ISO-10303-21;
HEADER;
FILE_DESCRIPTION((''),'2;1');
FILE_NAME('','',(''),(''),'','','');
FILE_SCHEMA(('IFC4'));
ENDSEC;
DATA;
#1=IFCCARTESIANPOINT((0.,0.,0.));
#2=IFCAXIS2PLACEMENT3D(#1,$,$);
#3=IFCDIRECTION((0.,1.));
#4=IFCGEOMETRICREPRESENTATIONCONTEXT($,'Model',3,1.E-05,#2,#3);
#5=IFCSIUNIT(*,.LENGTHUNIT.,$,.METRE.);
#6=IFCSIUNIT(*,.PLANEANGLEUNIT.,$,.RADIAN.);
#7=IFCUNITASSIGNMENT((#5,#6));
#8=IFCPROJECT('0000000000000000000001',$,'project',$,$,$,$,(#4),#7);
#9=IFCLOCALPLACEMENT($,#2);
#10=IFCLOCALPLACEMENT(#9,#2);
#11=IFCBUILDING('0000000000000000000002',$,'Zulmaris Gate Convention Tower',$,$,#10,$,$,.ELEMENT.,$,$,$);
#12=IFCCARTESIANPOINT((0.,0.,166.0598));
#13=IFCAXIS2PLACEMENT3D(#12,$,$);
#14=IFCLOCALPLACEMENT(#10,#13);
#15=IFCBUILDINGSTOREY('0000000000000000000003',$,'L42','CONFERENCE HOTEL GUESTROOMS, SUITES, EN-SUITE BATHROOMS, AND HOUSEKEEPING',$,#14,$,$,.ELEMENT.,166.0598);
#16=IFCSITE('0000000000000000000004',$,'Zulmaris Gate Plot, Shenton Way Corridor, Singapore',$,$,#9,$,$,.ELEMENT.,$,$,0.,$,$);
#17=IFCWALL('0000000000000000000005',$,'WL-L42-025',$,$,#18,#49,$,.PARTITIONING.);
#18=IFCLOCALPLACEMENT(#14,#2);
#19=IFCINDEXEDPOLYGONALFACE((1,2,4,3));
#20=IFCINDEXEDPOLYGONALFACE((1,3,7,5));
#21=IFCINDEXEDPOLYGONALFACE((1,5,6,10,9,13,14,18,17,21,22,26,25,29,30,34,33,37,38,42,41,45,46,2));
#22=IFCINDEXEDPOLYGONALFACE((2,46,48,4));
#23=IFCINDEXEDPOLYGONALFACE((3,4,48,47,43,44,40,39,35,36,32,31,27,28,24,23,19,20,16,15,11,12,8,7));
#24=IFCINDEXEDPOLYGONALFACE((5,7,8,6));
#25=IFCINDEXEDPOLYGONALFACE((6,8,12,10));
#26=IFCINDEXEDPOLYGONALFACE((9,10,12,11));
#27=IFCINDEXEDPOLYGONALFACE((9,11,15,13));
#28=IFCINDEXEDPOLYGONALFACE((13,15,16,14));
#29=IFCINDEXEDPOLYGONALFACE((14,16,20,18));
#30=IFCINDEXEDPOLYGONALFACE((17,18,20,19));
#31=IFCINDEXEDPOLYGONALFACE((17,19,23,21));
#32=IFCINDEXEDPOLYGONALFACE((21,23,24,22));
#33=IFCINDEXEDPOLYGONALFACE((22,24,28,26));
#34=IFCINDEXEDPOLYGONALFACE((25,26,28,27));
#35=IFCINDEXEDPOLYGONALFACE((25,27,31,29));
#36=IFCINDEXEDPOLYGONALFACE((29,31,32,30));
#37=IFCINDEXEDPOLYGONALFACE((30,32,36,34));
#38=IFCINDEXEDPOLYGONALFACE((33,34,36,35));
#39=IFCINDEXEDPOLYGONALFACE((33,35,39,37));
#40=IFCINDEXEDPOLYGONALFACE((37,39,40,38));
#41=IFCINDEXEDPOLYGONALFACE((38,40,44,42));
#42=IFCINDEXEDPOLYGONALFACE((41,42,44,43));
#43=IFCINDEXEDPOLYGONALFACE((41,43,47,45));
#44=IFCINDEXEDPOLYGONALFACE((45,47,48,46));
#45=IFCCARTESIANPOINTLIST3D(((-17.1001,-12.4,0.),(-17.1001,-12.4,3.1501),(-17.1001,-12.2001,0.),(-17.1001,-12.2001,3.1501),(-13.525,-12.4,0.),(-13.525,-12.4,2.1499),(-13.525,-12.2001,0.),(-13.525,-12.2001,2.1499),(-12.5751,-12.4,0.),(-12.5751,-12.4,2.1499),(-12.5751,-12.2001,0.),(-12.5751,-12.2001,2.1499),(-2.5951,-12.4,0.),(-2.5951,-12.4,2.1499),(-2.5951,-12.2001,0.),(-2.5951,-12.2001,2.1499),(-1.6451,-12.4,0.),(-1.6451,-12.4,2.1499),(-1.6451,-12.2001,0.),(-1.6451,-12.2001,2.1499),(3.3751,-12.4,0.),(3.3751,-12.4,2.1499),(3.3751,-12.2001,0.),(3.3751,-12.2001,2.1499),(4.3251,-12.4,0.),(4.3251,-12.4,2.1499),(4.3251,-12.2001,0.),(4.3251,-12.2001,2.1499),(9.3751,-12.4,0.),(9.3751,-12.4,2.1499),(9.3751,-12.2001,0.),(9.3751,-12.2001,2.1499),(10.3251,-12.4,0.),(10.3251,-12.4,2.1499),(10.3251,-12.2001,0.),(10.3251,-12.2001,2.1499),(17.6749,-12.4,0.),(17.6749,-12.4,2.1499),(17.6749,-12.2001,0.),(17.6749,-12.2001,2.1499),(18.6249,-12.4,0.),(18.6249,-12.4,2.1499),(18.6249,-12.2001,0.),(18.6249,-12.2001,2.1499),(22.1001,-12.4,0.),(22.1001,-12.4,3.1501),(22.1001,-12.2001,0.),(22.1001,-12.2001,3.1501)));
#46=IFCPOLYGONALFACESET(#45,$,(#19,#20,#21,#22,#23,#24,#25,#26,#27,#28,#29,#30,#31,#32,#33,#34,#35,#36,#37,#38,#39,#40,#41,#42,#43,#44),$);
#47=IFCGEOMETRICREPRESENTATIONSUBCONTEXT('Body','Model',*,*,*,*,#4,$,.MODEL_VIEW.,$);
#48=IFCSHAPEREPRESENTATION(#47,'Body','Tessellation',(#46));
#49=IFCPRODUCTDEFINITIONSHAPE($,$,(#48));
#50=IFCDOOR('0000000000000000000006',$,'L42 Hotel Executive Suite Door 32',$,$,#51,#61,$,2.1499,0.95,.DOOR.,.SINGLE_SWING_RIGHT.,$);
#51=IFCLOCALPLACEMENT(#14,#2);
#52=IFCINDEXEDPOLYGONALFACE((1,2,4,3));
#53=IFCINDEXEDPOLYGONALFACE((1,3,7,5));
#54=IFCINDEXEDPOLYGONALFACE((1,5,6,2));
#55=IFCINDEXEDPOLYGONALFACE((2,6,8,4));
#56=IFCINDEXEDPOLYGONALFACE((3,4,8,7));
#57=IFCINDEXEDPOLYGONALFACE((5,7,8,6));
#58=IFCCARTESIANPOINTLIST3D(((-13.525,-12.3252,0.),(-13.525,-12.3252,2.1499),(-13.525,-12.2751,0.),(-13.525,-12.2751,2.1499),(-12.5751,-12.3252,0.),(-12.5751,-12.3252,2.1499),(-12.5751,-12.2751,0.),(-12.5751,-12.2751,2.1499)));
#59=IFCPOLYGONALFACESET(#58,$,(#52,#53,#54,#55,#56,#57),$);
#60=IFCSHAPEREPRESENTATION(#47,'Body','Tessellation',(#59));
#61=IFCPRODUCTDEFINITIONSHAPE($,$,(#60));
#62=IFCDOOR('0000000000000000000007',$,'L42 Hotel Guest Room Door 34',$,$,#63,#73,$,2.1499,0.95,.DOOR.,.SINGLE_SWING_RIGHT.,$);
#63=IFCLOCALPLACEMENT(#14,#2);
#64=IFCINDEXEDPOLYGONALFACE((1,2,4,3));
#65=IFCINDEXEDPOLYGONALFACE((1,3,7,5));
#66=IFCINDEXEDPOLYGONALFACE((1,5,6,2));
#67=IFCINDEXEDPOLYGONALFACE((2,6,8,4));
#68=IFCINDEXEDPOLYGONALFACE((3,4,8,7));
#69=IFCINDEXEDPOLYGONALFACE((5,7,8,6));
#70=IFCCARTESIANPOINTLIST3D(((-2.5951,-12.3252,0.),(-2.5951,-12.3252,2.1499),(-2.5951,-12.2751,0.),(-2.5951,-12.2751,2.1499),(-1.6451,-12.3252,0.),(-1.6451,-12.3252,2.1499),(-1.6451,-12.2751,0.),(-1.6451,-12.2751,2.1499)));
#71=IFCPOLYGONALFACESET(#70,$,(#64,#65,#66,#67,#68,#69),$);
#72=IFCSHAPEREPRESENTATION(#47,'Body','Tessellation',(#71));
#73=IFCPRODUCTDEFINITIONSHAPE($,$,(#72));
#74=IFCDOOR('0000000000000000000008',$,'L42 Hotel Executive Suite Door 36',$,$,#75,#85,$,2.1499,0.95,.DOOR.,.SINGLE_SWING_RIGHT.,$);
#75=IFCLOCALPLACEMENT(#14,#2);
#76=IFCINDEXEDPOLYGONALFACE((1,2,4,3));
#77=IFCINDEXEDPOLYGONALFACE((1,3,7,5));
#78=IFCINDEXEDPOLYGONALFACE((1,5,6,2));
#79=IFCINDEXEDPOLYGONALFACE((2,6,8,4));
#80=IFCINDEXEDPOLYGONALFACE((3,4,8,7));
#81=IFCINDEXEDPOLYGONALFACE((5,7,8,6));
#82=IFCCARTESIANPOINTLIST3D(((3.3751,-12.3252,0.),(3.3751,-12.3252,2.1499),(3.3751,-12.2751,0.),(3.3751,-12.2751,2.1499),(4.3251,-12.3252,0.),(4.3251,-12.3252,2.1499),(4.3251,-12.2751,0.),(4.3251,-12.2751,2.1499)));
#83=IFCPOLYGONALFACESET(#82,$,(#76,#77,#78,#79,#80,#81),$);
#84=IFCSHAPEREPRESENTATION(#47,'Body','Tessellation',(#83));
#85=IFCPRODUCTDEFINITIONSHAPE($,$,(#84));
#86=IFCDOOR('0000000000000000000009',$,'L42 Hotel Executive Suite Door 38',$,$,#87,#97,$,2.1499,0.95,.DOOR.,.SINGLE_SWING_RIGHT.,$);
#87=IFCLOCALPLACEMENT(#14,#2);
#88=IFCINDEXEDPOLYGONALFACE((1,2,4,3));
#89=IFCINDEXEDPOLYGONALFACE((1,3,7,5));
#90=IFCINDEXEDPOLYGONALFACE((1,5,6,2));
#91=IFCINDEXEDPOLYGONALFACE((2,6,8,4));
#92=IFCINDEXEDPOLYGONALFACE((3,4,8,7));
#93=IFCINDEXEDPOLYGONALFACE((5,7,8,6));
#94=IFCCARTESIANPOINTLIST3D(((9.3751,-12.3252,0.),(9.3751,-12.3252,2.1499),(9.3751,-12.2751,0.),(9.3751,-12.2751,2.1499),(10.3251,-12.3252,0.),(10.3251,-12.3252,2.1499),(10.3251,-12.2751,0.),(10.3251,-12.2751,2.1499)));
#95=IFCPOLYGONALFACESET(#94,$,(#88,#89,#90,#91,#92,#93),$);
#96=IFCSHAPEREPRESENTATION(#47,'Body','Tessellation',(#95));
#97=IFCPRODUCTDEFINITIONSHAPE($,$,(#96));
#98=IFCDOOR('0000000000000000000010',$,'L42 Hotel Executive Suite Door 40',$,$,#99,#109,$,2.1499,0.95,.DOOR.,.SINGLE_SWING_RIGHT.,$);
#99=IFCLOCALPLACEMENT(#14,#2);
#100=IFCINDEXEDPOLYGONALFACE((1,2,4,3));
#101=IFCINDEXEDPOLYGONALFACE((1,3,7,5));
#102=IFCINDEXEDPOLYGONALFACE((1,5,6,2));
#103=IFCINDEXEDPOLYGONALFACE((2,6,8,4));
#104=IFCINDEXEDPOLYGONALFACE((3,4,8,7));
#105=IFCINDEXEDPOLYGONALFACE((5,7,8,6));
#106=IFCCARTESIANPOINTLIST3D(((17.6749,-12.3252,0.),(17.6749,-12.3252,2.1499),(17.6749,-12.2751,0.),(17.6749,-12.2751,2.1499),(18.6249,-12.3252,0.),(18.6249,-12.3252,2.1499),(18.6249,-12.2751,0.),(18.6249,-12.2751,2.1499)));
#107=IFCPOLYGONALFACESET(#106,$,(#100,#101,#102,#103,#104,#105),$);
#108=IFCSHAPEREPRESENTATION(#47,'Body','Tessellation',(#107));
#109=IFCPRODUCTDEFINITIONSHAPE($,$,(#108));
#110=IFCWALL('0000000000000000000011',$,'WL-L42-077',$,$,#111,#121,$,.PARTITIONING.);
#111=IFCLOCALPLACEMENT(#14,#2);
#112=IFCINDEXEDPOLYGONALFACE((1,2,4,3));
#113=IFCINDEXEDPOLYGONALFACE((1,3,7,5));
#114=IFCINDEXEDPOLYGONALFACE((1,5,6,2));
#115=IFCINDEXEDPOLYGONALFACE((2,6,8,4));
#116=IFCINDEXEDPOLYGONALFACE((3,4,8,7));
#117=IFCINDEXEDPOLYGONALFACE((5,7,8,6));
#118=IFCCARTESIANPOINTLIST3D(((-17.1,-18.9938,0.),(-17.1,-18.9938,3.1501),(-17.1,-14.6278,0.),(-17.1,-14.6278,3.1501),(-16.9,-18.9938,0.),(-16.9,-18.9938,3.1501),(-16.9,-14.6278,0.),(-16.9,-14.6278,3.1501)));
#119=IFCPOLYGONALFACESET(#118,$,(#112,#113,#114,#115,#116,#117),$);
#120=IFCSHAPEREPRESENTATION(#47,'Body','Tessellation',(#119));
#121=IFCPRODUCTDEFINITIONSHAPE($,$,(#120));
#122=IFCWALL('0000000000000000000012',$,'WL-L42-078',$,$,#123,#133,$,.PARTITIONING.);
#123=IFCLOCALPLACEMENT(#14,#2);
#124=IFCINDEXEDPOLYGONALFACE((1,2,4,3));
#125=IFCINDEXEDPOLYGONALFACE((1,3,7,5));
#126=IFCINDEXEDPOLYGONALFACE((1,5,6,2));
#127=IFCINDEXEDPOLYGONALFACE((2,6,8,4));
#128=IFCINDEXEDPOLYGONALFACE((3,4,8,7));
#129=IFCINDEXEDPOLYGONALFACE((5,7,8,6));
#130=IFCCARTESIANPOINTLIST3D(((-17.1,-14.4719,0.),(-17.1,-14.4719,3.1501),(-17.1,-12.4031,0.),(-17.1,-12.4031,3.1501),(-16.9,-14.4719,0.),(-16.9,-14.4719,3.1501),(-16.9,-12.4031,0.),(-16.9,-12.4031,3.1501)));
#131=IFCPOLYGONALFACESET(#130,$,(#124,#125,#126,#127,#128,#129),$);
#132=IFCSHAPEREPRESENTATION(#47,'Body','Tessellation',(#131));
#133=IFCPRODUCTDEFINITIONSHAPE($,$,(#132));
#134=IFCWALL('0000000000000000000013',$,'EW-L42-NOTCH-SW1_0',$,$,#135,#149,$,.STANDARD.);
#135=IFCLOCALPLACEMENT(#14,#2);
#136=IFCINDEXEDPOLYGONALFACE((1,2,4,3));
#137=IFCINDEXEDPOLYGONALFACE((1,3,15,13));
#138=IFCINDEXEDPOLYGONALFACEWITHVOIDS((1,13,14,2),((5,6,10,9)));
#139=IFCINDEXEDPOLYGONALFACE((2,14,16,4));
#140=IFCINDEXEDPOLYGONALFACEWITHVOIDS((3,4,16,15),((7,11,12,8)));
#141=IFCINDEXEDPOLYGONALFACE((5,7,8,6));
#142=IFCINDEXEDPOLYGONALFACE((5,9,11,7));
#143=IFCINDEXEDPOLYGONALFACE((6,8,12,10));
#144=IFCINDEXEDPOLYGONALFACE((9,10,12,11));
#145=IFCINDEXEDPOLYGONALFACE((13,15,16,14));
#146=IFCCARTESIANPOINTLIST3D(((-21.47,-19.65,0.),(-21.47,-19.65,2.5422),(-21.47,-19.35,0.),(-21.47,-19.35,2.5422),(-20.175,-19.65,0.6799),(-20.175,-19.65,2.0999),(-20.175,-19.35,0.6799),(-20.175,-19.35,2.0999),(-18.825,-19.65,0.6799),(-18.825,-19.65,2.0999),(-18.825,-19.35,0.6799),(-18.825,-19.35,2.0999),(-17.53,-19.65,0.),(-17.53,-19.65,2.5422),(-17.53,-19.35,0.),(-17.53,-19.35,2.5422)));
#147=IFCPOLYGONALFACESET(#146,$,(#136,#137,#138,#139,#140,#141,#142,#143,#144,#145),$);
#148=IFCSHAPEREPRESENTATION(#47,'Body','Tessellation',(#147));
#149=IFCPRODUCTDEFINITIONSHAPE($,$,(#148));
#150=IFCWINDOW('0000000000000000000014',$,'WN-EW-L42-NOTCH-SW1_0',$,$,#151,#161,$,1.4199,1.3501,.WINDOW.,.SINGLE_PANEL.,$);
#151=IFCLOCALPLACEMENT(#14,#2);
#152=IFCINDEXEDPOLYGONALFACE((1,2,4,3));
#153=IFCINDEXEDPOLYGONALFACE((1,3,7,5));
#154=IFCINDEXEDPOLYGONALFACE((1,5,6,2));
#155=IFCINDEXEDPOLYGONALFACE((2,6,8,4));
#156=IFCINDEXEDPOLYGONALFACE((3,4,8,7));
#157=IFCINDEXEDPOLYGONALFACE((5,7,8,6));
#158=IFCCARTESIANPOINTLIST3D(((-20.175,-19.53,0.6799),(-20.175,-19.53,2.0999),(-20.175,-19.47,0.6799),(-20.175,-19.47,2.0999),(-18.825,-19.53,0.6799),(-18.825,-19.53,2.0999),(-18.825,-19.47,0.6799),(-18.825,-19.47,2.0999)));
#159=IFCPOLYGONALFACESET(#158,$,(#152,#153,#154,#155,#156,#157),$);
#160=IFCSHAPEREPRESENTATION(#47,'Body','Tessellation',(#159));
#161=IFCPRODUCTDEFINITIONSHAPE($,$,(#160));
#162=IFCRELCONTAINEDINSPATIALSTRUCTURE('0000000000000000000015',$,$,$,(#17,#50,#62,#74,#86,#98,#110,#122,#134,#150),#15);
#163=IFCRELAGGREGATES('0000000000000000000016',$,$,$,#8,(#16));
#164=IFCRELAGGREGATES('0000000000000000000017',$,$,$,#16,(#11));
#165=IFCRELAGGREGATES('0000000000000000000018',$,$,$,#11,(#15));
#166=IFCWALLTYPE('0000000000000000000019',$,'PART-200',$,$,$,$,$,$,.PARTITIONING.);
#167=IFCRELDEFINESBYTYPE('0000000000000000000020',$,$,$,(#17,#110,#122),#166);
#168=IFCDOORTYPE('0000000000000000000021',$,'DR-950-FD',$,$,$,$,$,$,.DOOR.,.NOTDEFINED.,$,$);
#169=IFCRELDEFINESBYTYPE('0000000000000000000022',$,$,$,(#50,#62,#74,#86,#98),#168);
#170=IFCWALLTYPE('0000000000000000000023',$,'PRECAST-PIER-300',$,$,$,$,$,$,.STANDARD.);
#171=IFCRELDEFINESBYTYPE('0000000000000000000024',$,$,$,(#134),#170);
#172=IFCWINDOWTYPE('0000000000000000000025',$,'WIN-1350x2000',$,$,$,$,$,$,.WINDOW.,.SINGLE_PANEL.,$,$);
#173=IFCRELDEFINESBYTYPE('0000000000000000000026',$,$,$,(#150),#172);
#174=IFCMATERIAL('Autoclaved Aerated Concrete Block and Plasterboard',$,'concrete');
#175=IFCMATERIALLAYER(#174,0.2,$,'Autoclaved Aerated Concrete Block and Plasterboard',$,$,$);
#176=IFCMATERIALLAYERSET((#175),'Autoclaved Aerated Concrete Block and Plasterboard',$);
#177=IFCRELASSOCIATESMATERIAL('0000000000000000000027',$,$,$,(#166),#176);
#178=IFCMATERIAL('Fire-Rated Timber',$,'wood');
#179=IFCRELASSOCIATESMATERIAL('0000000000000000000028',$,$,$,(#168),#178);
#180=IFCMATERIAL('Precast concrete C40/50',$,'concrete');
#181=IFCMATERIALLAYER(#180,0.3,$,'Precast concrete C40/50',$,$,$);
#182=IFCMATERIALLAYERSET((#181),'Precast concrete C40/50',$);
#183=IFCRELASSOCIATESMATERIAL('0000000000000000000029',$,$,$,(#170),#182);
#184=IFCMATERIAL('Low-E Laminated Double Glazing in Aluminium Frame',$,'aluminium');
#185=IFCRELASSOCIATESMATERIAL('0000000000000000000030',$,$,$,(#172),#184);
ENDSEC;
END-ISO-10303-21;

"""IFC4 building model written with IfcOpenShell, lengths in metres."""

from ifc_helpers import new_model, si_unit, direction, frame, frame_2d, origin, place, context, subcontext, project, spatial, rectangle, extrude, material, layer, layer_set, type_object, element, fill, save


model = new_model("IFC4")

# Units and contexts
model_context = context("Model", 3, precision=1e-05, world=origin(), true_north=direction((0.0, 1.0)))
body_context = subcontext(model_context, "Body", "Model", "MODEL_VIEW")
ifc_project = project(units=[si_unit("LENGTHUNIT", "METRE"), si_unit("PLANEANGLEUNIT", "RADIAN")], contexts=[model_context])

# Site, building, storey
site_placement = place(None, origin())
site = spatial("IfcSite", under=ifc_project, at=site_placement, Name="Zulmaris Gate Plot, Shenton Way Corridor, Singapore", CompositionType="ELEMENT", RefElevation=0.0)
building_placement = place(site_placement, origin())
building = spatial("IfcBuilding", under=site, at=building_placement, Name="Zulmaris Gate Convention Tower", CompositionType="ELEMENT")
storey_placement = place(building_placement, frame((0.0, 0.0, 166.0598)))
storey = spatial("IfcBuildingStorey", under=building, at=storey_placement, Name="L42", Description="CONFERENCE HOTEL GUESTROOMS, SUITES, EN-SUITE BATHROOMS, AND HOUSEKEEPING", CompositionType="ELEMENT", Elevation=166.0598)

# Wall, openings, doors
ifc_material_1 = material(Name="Autoclaved Aerated Concrete Block and Plasterboard", Category="concrete")
ifc_layer_1 = layer(ifc_material_1, 0.2, Name="Autoclaved Aerated Concrete Block and Plasterboard")
ifc_layer_set_1 = layer_set([ifc_layer_1], Name="Autoclaved Aerated Concrete Block and Plasterboard")
wall_type_1 = type_object("IfcWallType", Name="PART-200", PredefinedType="PARTITIONING", material=ifc_layer_set_1)
wall_1_placement = place(storey_placement, frame((-17.1001, -12.3, 0.0), z_axis=(0.0, 0.0, 1.0), x_axis=(1.0, 0.0, 0.0)))
wall_1 = element("IfcWall", 1, at=wall_1_placement, inside=storey, type_object=wall_type_1, Name="WL-L42-025", PredefinedType="PARTITIONING", context=body_context, shape_type="SweptSolid", body=[
    extrude(rectangle(XDim=39.2002, YDim=0.2, at=frame_2d((19.6001, 0.0))), origin(), (0.0, 0.0, 1.0), 3.1501),
])
opening_1_placement = place(wall_1_placement, frame((3.575, 0.0, 0.0)))
opening_1 = element("IfcOpeningElement", 2, at=opening_1_placement, cuts=wall_1, PredefinedType="OPENING", context=body_context, shape_type="SweptSolid", body=[
    extrude(rectangle(XDim=0.95, YDim=2.1499, at=frame_2d((0.4751, 1.075))), frame((0.0, 0.1099, 0.0), z_axis=(0.0, -1.0, 0.0), x_axis=(1.0, 0.0, 0.0)), (0.0, 0.0, 1.0), 0.22),
])
opening_2_placement = place(wall_1_placement, frame((14.5049, 0.0, 0.0)))
opening_2 = element("IfcOpeningElement", 3, at=opening_2_placement, cuts=wall_1, PredefinedType="OPENING", context=body_context, shape_type="SweptSolid", body=[
    extrude(rectangle(XDim=0.95, YDim=2.1499, at=frame_2d((0.4751, 1.075))), frame((0.0, 0.1099, 0.0), z_axis=(0.0, -1.0, 0.0), x_axis=(1.0, 0.0, 0.0)), (0.0, 0.0, 1.0), 0.22),
])
opening_3_placement = place(wall_1_placement, frame((20.4751, 0.0, 0.0)))
opening_3 = element("IfcOpeningElement", 4, at=opening_3_placement, cuts=wall_1, PredefinedType="OPENING", context=body_context, shape_type="SweptSolid", body=[
    extrude(rectangle(XDim=0.95, YDim=2.1499, at=frame_2d((0.4751, 1.075))), frame((0.0, 0.1099, 0.0), z_axis=(0.0, -1.0, 0.0), x_axis=(1.0, 0.0, 0.0)), (0.0, 0.0, 1.0), 0.22),
])
opening_4_placement = place(wall_1_placement, frame((26.4751, 0.0, 0.0)))
opening_4 = element("IfcOpeningElement", 5, at=opening_4_placement, cuts=wall_1, PredefinedType="OPENING", context=body_context, shape_type="SweptSolid", body=[
    extrude(rectangle(XDim=0.95, YDim=2.1499, at=frame_2d((0.4751, 1.075))), frame((0.0, 0.1099, 0.0), z_axis=(0.0, -1.0, 0.0), x_axis=(1.0, 0.0, 0.0)), (0.0, 0.0, 1.0), 0.22),
])
opening_5_placement = place(wall_1_placement, frame((34.7749, 0.0, 0.0)))
opening_5 = element("IfcOpeningElement", 6, at=opening_5_placement, cuts=wall_1, PredefinedType="OPENING", context=body_context, shape_type="SweptSolid", body=[
    extrude(rectangle(XDim=0.95, YDim=2.1499, at=frame_2d((0.4751, 1.075))), frame((0.0, 0.1099, 0.0), z_axis=(0.0, -1.0, 0.0), x_axis=(1.0, 0.0, 0.0)), (0.0, 0.0, 1.0), 0.22),
])
ifc_material_2 = material(Name="Fire-Rated Timber", Category="wood")
door_type_1 = type_object("IfcDoorType", Name="DR-950-FD", OperationType="NOTDEFINED", PredefinedType="DOOR", material=ifc_material_2)
door_1_placement = place(opening_1_placement, origin())
door_1 = element("IfcDoor", 7, at=door_1_placement, inside=storey, type_object=door_type_1, Name="L42 Hotel Executive Suite Door 32", OperationType="SINGLE_SWING_RIGHT", OverallHeight=2.1499, OverallWidth=0.95, PredefinedType="DOOR", context=body_context, shape_type="SweptSolid", body=[
    extrude(rectangle(XDim=0.95, YDim=2.1499, at=frame_2d((0.4751, 1.075))), frame((0.0, 0.0249, 0.0), z_axis=(0.0, -1.0, 0.0), x_axis=(1.0, 0.0, 0.0)), (0.0, 0.0, 1.0), 0.05),
])
fill(opening_1, door_1)
door_2_placement = place(opening_2_placement, origin())
door_2 = element("IfcDoor", 8, at=door_2_placement, inside=storey, type_object=door_type_1, Name="L42 Hotel Guest Room Door 34", OperationType="SINGLE_SWING_RIGHT", OverallHeight=2.1499, OverallWidth=0.95, PredefinedType="DOOR", context=body_context, shape_type="SweptSolid", body=[
    extrude(rectangle(XDim=0.95, YDim=2.1499, at=frame_2d((0.4751, 1.075))), frame((0.0, 0.0249, 0.0), z_axis=(0.0, -1.0, 0.0), x_axis=(1.0, 0.0, 0.0)), (0.0, 0.0, 1.0), 0.05),
])
fill(opening_2, door_2)
door_3_placement = place(opening_3_placement, origin())
door_3 = element("IfcDoor", 9, at=door_3_placement, inside=storey, type_object=door_type_1, Name="L42 Hotel Executive Suite Door 36", OperationType="SINGLE_SWING_RIGHT", OverallHeight=2.1499, OverallWidth=0.95, PredefinedType="DOOR", context=body_context, shape_type="SweptSolid", body=[
    extrude(rectangle(XDim=0.95, YDim=2.1499, at=frame_2d((0.4751, 1.075))), frame((0.0, 0.0249, 0.0), z_axis=(0.0, -1.0, 0.0), x_axis=(1.0, 0.0, 0.0)), (0.0, 0.0, 1.0), 0.05),
])
fill(opening_3, door_3)
door_4_placement = place(opening_4_placement, origin())
door_4 = element("IfcDoor", 10, at=door_4_placement, inside=storey, type_object=door_type_1, Name="L42 Hotel Executive Suite Door 38", OperationType="SINGLE_SWING_RIGHT", OverallHeight=2.1499, OverallWidth=0.95, PredefinedType="DOOR", context=body_context, shape_type="SweptSolid", body=[
    extrude(rectangle(XDim=0.95, YDim=2.1499, at=frame_2d((0.4751, 1.075))), frame((0.0, 0.0249, 0.0), z_axis=(0.0, -1.0, 0.0), x_axis=(1.0, 0.0, 0.0)), (0.0, 0.0, 1.0), 0.05),
])
fill(opening_4, door_4)
door_5_placement = place(opening_5_placement, origin())
door_5 = element("IfcDoor", 11, at=door_5_placement, inside=storey, type_object=door_type_1, Name="L42 Hotel Executive Suite Door 40", OperationType="SINGLE_SWING_RIGHT", OverallHeight=2.1499, OverallWidth=0.95, PredefinedType="DOOR", context=body_context, shape_type="SweptSolid", body=[
    extrude(rectangle(XDim=0.95, YDim=2.1499, at=frame_2d((0.4751, 1.075))), frame((0.0, 0.0249, 0.0), z_axis=(0.0, -1.0, 0.0), x_axis=(1.0, 0.0, 0.0)), (0.0, 0.0, 1.0), 0.05),
])
fill(opening_5, door_5)

# Walls
wall_2_placement = place(storey_placement, frame((-17.0, -18.9939, 0.0), z_axis=(0.0, 0.0, 1.0), x_axis=(0.0, 1.0, 0.0)))
element("IfcWall", 12, at=wall_2_placement, inside=storey, type_object=wall_type_1, Name="WL-L42-077", PredefinedType="PARTITIONING", context=body_context, shape_type="SweptSolid", body=[
    extrude(rectangle(XDim=4.366, YDim=0.2, at=frame_2d((2.1831, 0.0))), origin(), (0.0, 0.0, 1.0), 3.1501),
])
wall_3_placement = place(storey_placement, frame((-17.0, -14.4719, 0.0), z_axis=(0.0, 0.0, 1.0), x_axis=(0.0, 1.0, 0.0)))
element("IfcWall", 13, at=wall_3_placement, inside=storey, type_object=wall_type_1, Name="WL-L42-078", PredefinedType="PARTITIONING", context=body_context, shape_type="SweptSolid", body=[
    extrude(rectangle(XDim=2.0688, YDim=0.2, at=frame_2d((1.0344, 0.0))), origin(), (0.0, 0.0, 1.0), 3.1501),
])

# Wall, opening, window
ifc_material_3 = material(Name="Precast concrete C40/50", Category="concrete")
ifc_layer_2 = layer(ifc_material_3, 0.3, Name="Precast concrete C40/50")
ifc_layer_set_2 = layer_set([ifc_layer_2], Name="Precast concrete C40/50")
wall_type_2 = type_object("IfcWallType", Name="PRECAST-PIER-300", PredefinedType="STANDARD", material=ifc_layer_set_2)
wall_4_placement = place(storey_placement, frame((-21.47, -19.5, 0.0), z_axis=(0.0, 0.0, 1.0), x_axis=(1.0, 0.0, 0.0)))
wall_4 = element("IfcWall", 14, at=wall_4_placement, inside=storey, type_object=wall_type_2, Name="EW-L42-NOTCH-SW1_0", PredefinedType="STANDARD", context=body_context, shape_type="SweptSolid", body=[
    extrude(rectangle(XDim=3.9399, YDim=0.3, at=frame_2d((1.97, 0.0))), origin(), (0.0, 0.0, 1.0), 2.5422),
])
opening_6_placement = place(wall_4_placement, frame((1.2949, 0.0, 0.6799)))
opening_6 = element("IfcOpeningElement", 15, at=opening_6_placement, cuts=wall_4, PredefinedType="OPENING", context=body_context, shape_type="SweptSolid", body=[
    extrude(rectangle(XDim=1.3501, YDim=1.4199, at=frame_2d((0.675, 0.71))), frame((0.0, 0.1602, 0.0), z_axis=(0.0, -1.0, 0.0), x_axis=(1.0, 0.0, 0.0)), (0.0, 0.0, 1.0), 0.3201),
])
ifc_material_4 = material(Name="Low-E Laminated Double Glazing in Aluminium Frame", Category="aluminium")
window_type = type_object("IfcWindowType", Name="WIN-1350x2000", PartitioningType="SINGLE_PANEL", PredefinedType="WINDOW", material=ifc_material_4)
window_placement = place(opening_6_placement, origin())
window = element("IfcWindow", 16, at=window_placement, inside=storey, type_object=window_type, Name="WN-EW-L42-NOTCH-SW1_0", OverallHeight=1.4199, OverallWidth=1.3501, PartitioningType="SINGLE_PANEL", PredefinedType="WINDOW", context=body_context, shape_type="SweptSolid", body=[
    extrude(rectangle(XDim=1.3501, YDim=1.4199, at=frame_2d((0.675, 0.71))), frame((0.0, 0.03, 0.0), z_axis=(0.0, -1.0, 0.0), x_axis=(1.0, 0.0, 0.0)), (0.0, 0.0, 1.0), 0.0601),
])
fill(opening_6, window)

save(model, "model.ifc")
